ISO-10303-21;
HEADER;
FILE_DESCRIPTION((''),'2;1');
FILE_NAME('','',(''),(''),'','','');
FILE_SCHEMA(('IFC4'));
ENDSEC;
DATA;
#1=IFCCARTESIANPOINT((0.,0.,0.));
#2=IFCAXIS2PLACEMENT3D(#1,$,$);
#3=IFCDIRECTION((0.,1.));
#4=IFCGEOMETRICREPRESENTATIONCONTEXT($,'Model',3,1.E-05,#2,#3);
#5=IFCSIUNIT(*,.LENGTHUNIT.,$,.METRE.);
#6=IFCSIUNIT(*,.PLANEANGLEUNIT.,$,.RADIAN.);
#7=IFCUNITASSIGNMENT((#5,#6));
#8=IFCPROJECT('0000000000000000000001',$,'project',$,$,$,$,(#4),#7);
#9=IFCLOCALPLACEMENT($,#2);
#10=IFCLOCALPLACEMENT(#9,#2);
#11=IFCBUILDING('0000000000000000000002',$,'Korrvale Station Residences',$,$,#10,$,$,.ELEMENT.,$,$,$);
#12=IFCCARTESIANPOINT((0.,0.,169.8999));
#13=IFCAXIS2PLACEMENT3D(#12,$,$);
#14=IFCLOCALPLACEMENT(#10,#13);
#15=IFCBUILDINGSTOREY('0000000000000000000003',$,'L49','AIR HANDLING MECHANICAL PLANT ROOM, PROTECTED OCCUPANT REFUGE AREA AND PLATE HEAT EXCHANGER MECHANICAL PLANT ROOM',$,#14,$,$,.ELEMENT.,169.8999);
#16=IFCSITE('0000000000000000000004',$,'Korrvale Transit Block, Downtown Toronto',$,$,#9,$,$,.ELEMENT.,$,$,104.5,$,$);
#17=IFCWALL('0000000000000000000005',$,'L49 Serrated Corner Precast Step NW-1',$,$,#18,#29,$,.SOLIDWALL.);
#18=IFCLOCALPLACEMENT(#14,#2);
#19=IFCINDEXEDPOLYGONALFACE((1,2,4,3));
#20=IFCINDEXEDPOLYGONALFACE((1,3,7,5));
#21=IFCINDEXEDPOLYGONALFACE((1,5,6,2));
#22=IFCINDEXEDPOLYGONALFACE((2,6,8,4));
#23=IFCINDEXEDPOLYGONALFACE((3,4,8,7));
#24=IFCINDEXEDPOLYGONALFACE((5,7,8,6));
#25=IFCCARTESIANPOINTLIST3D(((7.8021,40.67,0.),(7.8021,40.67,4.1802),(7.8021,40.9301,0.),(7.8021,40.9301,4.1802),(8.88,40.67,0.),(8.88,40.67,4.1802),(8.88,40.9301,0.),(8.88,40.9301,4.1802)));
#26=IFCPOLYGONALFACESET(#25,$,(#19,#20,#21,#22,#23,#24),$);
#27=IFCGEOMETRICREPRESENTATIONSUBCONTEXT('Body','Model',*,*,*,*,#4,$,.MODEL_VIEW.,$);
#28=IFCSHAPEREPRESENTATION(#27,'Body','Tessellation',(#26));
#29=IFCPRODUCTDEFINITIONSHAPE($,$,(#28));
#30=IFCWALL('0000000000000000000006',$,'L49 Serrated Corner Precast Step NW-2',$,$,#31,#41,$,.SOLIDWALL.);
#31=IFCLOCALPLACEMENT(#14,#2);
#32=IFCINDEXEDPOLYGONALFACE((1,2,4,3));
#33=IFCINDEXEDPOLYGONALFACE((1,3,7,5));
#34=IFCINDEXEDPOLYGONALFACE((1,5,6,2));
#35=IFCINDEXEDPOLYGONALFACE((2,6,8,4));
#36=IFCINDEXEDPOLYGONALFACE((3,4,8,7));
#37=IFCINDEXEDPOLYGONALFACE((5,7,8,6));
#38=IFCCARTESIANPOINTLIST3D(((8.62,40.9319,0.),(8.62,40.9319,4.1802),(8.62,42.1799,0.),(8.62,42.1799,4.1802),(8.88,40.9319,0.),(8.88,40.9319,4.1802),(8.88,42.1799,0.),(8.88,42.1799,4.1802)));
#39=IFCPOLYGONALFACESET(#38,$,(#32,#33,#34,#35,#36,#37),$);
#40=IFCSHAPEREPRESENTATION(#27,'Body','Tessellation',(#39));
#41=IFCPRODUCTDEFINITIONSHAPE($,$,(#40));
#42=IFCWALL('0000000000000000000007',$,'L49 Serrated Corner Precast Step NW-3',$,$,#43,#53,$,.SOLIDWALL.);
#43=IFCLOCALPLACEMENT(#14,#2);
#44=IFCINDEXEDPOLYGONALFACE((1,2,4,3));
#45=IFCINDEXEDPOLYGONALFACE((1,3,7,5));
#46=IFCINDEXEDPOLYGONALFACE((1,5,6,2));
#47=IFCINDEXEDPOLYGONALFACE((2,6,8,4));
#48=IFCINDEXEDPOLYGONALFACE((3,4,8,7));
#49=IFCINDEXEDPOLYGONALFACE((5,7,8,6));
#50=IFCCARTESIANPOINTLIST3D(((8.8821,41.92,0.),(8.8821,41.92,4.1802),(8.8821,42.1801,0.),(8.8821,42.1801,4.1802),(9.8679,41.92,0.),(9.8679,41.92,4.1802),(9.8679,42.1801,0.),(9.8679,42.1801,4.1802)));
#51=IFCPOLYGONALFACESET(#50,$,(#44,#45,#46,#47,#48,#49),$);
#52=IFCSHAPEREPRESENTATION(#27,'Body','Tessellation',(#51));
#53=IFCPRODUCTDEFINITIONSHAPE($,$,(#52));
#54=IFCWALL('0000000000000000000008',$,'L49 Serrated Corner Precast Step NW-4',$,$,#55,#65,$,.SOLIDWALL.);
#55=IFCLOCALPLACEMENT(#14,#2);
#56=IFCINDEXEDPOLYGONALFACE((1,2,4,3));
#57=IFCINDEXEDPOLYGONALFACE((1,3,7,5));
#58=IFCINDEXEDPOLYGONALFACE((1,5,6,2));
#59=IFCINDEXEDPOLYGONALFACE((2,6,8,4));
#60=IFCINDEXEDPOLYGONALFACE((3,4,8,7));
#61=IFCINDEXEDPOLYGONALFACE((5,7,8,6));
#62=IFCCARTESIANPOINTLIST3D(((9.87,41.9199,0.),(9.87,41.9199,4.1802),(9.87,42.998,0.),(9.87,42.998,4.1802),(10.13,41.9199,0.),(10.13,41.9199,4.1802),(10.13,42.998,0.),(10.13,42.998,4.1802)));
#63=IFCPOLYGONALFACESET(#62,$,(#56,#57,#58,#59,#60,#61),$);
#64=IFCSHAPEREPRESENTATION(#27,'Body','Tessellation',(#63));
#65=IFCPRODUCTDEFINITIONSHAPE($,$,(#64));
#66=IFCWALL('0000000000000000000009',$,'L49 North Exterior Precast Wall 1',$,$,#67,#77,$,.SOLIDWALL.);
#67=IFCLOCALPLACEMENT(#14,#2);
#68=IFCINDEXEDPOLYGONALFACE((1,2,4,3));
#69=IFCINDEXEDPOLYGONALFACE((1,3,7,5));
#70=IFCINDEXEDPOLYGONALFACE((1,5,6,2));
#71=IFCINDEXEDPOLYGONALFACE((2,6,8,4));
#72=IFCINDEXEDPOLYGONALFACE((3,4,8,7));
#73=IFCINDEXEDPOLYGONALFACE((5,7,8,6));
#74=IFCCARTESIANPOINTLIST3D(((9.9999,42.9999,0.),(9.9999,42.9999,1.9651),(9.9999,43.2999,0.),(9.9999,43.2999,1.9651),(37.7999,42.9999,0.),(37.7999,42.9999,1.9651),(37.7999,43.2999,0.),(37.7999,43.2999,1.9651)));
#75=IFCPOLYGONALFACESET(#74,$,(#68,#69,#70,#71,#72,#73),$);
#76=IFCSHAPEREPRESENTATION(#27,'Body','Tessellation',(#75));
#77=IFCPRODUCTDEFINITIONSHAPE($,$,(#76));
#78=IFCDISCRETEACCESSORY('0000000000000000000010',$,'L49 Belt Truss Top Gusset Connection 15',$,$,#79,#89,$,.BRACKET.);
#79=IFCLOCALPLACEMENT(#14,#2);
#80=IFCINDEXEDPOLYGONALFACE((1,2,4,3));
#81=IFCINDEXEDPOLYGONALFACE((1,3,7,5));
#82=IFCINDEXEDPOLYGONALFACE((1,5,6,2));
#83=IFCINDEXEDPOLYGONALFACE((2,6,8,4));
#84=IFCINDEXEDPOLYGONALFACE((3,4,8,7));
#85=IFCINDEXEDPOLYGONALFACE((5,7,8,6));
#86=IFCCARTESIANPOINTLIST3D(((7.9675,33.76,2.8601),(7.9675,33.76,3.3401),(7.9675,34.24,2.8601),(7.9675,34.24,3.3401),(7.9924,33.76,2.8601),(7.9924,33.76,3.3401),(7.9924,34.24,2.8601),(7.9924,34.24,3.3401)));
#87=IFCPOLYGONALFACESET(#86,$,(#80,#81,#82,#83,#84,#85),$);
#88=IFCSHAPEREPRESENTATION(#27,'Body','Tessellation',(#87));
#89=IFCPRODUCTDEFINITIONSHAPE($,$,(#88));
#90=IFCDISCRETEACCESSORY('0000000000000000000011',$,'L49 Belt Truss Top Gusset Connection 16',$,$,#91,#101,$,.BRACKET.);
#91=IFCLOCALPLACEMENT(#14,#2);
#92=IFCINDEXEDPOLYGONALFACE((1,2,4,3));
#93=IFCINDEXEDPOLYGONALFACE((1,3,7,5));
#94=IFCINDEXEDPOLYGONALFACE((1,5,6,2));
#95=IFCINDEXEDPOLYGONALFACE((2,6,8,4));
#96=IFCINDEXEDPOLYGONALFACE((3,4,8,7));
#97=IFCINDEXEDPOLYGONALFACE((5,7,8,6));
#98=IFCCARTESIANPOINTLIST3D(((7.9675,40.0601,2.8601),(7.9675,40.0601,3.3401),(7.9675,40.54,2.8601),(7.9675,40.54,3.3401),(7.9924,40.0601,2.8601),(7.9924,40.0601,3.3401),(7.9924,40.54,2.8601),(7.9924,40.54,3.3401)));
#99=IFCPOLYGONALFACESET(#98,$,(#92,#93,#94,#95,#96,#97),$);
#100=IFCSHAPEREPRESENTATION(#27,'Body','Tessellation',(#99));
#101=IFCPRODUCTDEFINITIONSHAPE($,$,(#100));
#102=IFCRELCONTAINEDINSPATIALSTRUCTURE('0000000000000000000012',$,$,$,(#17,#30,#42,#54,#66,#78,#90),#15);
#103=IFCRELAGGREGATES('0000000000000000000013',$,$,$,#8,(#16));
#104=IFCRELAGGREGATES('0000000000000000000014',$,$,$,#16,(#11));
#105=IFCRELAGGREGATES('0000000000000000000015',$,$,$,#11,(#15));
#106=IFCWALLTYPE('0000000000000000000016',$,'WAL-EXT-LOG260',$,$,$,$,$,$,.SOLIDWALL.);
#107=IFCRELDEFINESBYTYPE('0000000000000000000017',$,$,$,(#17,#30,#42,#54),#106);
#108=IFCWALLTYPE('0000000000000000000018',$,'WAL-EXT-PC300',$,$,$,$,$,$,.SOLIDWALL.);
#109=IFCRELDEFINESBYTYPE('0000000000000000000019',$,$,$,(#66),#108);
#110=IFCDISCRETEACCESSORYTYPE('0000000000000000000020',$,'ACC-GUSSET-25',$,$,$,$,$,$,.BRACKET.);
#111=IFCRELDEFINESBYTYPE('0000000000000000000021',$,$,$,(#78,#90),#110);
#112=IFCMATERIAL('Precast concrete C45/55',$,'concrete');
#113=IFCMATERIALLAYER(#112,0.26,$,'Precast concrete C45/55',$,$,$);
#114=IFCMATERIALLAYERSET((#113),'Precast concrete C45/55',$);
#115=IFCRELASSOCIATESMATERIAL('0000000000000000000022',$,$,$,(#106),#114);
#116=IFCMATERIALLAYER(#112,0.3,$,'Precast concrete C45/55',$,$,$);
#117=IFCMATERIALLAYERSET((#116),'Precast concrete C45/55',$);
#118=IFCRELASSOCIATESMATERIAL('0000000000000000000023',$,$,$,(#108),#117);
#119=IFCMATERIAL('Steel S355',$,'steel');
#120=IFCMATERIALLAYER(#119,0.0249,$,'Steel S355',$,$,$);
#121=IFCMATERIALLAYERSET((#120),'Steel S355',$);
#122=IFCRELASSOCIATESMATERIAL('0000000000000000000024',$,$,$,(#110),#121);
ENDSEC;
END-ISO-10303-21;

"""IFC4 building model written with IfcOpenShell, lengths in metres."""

from ifc_helpers import new_model, si_unit, direction, frame, frame_2d, origin, origin_2d, place, context, subcontext, project, spatial, rectangle, extrude, material, layer, layer_set, type_object, element, save


model = new_model("IFC4")

# Units and contexts
model_context = context("Model", 3, precision=1e-05, world=origin(), true_north=direction((0.0, 1.0)))
body_context = subcontext(model_context, "Body", "Model", "MODEL_VIEW")
ifc_project = project(units=[si_unit("LENGTHUNIT", "METRE"), si_unit("PLANEANGLEUNIT", "RADIAN")], contexts=[model_context])

# Site, building, storey
site_placement = place(None, origin())
site = spatial("IfcSite", under=ifc_project, at=site_placement, Name="Korrvale Transit Block, Downtown Toronto", CompositionType="ELEMENT", RefElevation=104.5)
building_placement = place(site_placement, origin())
building = spatial("IfcBuilding", under=site, at=building_placement, Name="Korrvale Station Residences", CompositionType="ELEMENT")
storey_placement = place(building_placement, frame((0.0, 0.0, 169.8999)))
storey = spatial("IfcBuildingStorey", under=building, at=storey_placement, Name="L49", Description="AIR HANDLING MECHANICAL PLANT ROOM, PROTECTED OCCUPANT REFUGE AREA AND PLATE HEAT EXCHANGER MECHANICAL PLANT ROOM", CompositionType="ELEMENT", Elevation=169.8999)

# Shared definitions
ifc_material_1 = material(Name="Steel S355", Category="steel")

# Walls
ifc_material_2 = material(Name="Precast concrete C45/55", Category="concrete")
ifc_layer_1 = layer(ifc_material_2, 0.26, Name="Precast concrete C45/55")
ifc_layer_set_1 = layer_set([ifc_layer_1], Name="Precast concrete C45/55")
wall_type_1 = type_object("IfcWallType", Name="WAL-EXT-LOG260", PredefinedType="SOLIDWALL", material=ifc_layer_set_1)
wall_1_placement = place(storey_placement, frame((7.802, 40.8, 0.0), z_axis=(0.0, 0.0, 1.0), x_axis=(1.0, 0.0, 0.0)))
element("IfcWall", 1, at=wall_1_placement, inside=storey, type_object=wall_type_1, Name="L49 Serrated Corner Precast Step NW-1", PredefinedType="SOLIDWALL", context=body_context, shape_type="SweptSolid", body=[
    extrude(rectangle(XDim=1.0779, YDim=0.26, at=frame_2d((0.5391, 0.0))), origin(), (0.0, 0.0, 1.0), 4.1802),
])
wall_2_placement = place(storey_placement, frame((8.75, 40.9319, 0.0), z_axis=(0.0, 0.0, 1.0), x_axis=(0.0, 1.0, 0.0)))
element("IfcWall", 2, at=wall_2_placement, inside=storey, type_object=wall_type_1, Name="L49 Serrated Corner Precast Step NW-2", PredefinedType="SOLIDWALL", context=body_context, shape_type="SweptSolid", body=[
    extrude(rectangle(XDim=1.248, YDim=0.26, at=frame_2d((0.624, 0.0))), origin(), (0.0, 0.0, 1.0), 4.1802),
])
wall_3_placement = place(storey_placement, frame((8.8821, 42.05, 0.0), z_axis=(0.0, 0.0, 1.0), x_axis=(1.0, 0.0, 0.0)))
element("IfcWall", 3, at=wall_3_placement, inside=storey, type_object=wall_type_1, Name="L49 Serrated Corner Precast Step NW-3", PredefinedType="SOLIDWALL", context=body_context, shape_type="SweptSolid", body=[
    extrude(rectangle(XDim=0.9858, YDim=0.26, at=frame_2d((0.4929, 0.0))), origin(), (0.0, 0.0, 1.0), 4.1802),
])
wall_4_placement = place(storey_placement, frame((10.0, 41.9199, 0.0), z_axis=(0.0, 0.0, 1.0), x_axis=(0.0, 1.0, 0.0)))
element("IfcWall", 4, at=wall_4_placement, inside=storey, type_object=wall_type_1, Name="L49 Serrated Corner Precast Step NW-4", PredefinedType="SOLIDWALL", context=body_context, shape_type="SweptSolid", body=[
    extrude(rectangle(XDim=1.0781, YDim=0.26, at=frame_2d((0.5391, 0.0))), origin(), (0.0, 0.0, 1.0), 4.1802),
])
ifc_layer_2 = layer(ifc_material_2, 0.3, Name="Precast concrete C45/55")
ifc_layer_set_2 = layer_set([ifc_layer_2], Name="Precast concrete C45/55")
wall_type_2 = type_object("IfcWallType", Name="WAL-EXT-PC300", PredefinedType="SOLIDWALL", material=ifc_layer_set_2)
wall_5_placement = place(storey_placement, frame((10.0, 43.1499, 0.0), z_axis=(0.0, 0.0, 1.0), x_axis=(1.0, 0.0, 0.0)))
element("IfcWall", 5, at=wall_5_placement, inside=storey, type_object=wall_type_2, Name="L49 North Exterior Precast Wall 1", PredefinedType="SOLIDWALL", context=body_context, shape_type="SweptSolid", body=[
    extrude(rectangle(XDim=27.8, YDim=0.3, at=frame_2d((13.8999, 0.0))), origin(), (0.0, 0.0, 1.0), 1.9651),
])

# Discrete accessories
ifc_layer_3 = layer(ifc_material_1, 0.0249, Name="Steel S355")
ifc_layer_set_3 = layer_set([ifc_layer_3], Name="Steel S355")
discrete_accessory_type = type_object("IfcDiscreteAccessoryType", Name="ACC-GUSSET-25", PredefinedType="BRACKET", material=ifc_layer_set_3)
for number, where, z_axis, x_axis, name in (
    (6, (7.98, 34.0, 2.8601), (0.0, 0.0, 1.0), (0.0, 1.0, 0.0), "L49 Belt Truss Top Gusset Connection 15"),
    (7, (7.98, 40.3, 2.8601), (0.0, 0.0, 1.0), (0.0, 1.0, 0.0), "L49 Belt Truss Top Gusset Connection 16"),
):
    element("IfcDiscreteAccessory", number, at=place(storey_placement, frame(where, z_axis=z_axis, x_axis=x_axis)), inside=storey, type_object=discrete_accessory_type, Name=name, PredefinedType="BRACKET", context=body_context, shape_type="SweptSolid", body=[
        extrude(rectangle(XDim=0.48, YDim=0.0249, at=origin_2d()), origin(), (0.0, 0.0, 1.0), 0.48),
    ])

save(model, "model.ifc")
